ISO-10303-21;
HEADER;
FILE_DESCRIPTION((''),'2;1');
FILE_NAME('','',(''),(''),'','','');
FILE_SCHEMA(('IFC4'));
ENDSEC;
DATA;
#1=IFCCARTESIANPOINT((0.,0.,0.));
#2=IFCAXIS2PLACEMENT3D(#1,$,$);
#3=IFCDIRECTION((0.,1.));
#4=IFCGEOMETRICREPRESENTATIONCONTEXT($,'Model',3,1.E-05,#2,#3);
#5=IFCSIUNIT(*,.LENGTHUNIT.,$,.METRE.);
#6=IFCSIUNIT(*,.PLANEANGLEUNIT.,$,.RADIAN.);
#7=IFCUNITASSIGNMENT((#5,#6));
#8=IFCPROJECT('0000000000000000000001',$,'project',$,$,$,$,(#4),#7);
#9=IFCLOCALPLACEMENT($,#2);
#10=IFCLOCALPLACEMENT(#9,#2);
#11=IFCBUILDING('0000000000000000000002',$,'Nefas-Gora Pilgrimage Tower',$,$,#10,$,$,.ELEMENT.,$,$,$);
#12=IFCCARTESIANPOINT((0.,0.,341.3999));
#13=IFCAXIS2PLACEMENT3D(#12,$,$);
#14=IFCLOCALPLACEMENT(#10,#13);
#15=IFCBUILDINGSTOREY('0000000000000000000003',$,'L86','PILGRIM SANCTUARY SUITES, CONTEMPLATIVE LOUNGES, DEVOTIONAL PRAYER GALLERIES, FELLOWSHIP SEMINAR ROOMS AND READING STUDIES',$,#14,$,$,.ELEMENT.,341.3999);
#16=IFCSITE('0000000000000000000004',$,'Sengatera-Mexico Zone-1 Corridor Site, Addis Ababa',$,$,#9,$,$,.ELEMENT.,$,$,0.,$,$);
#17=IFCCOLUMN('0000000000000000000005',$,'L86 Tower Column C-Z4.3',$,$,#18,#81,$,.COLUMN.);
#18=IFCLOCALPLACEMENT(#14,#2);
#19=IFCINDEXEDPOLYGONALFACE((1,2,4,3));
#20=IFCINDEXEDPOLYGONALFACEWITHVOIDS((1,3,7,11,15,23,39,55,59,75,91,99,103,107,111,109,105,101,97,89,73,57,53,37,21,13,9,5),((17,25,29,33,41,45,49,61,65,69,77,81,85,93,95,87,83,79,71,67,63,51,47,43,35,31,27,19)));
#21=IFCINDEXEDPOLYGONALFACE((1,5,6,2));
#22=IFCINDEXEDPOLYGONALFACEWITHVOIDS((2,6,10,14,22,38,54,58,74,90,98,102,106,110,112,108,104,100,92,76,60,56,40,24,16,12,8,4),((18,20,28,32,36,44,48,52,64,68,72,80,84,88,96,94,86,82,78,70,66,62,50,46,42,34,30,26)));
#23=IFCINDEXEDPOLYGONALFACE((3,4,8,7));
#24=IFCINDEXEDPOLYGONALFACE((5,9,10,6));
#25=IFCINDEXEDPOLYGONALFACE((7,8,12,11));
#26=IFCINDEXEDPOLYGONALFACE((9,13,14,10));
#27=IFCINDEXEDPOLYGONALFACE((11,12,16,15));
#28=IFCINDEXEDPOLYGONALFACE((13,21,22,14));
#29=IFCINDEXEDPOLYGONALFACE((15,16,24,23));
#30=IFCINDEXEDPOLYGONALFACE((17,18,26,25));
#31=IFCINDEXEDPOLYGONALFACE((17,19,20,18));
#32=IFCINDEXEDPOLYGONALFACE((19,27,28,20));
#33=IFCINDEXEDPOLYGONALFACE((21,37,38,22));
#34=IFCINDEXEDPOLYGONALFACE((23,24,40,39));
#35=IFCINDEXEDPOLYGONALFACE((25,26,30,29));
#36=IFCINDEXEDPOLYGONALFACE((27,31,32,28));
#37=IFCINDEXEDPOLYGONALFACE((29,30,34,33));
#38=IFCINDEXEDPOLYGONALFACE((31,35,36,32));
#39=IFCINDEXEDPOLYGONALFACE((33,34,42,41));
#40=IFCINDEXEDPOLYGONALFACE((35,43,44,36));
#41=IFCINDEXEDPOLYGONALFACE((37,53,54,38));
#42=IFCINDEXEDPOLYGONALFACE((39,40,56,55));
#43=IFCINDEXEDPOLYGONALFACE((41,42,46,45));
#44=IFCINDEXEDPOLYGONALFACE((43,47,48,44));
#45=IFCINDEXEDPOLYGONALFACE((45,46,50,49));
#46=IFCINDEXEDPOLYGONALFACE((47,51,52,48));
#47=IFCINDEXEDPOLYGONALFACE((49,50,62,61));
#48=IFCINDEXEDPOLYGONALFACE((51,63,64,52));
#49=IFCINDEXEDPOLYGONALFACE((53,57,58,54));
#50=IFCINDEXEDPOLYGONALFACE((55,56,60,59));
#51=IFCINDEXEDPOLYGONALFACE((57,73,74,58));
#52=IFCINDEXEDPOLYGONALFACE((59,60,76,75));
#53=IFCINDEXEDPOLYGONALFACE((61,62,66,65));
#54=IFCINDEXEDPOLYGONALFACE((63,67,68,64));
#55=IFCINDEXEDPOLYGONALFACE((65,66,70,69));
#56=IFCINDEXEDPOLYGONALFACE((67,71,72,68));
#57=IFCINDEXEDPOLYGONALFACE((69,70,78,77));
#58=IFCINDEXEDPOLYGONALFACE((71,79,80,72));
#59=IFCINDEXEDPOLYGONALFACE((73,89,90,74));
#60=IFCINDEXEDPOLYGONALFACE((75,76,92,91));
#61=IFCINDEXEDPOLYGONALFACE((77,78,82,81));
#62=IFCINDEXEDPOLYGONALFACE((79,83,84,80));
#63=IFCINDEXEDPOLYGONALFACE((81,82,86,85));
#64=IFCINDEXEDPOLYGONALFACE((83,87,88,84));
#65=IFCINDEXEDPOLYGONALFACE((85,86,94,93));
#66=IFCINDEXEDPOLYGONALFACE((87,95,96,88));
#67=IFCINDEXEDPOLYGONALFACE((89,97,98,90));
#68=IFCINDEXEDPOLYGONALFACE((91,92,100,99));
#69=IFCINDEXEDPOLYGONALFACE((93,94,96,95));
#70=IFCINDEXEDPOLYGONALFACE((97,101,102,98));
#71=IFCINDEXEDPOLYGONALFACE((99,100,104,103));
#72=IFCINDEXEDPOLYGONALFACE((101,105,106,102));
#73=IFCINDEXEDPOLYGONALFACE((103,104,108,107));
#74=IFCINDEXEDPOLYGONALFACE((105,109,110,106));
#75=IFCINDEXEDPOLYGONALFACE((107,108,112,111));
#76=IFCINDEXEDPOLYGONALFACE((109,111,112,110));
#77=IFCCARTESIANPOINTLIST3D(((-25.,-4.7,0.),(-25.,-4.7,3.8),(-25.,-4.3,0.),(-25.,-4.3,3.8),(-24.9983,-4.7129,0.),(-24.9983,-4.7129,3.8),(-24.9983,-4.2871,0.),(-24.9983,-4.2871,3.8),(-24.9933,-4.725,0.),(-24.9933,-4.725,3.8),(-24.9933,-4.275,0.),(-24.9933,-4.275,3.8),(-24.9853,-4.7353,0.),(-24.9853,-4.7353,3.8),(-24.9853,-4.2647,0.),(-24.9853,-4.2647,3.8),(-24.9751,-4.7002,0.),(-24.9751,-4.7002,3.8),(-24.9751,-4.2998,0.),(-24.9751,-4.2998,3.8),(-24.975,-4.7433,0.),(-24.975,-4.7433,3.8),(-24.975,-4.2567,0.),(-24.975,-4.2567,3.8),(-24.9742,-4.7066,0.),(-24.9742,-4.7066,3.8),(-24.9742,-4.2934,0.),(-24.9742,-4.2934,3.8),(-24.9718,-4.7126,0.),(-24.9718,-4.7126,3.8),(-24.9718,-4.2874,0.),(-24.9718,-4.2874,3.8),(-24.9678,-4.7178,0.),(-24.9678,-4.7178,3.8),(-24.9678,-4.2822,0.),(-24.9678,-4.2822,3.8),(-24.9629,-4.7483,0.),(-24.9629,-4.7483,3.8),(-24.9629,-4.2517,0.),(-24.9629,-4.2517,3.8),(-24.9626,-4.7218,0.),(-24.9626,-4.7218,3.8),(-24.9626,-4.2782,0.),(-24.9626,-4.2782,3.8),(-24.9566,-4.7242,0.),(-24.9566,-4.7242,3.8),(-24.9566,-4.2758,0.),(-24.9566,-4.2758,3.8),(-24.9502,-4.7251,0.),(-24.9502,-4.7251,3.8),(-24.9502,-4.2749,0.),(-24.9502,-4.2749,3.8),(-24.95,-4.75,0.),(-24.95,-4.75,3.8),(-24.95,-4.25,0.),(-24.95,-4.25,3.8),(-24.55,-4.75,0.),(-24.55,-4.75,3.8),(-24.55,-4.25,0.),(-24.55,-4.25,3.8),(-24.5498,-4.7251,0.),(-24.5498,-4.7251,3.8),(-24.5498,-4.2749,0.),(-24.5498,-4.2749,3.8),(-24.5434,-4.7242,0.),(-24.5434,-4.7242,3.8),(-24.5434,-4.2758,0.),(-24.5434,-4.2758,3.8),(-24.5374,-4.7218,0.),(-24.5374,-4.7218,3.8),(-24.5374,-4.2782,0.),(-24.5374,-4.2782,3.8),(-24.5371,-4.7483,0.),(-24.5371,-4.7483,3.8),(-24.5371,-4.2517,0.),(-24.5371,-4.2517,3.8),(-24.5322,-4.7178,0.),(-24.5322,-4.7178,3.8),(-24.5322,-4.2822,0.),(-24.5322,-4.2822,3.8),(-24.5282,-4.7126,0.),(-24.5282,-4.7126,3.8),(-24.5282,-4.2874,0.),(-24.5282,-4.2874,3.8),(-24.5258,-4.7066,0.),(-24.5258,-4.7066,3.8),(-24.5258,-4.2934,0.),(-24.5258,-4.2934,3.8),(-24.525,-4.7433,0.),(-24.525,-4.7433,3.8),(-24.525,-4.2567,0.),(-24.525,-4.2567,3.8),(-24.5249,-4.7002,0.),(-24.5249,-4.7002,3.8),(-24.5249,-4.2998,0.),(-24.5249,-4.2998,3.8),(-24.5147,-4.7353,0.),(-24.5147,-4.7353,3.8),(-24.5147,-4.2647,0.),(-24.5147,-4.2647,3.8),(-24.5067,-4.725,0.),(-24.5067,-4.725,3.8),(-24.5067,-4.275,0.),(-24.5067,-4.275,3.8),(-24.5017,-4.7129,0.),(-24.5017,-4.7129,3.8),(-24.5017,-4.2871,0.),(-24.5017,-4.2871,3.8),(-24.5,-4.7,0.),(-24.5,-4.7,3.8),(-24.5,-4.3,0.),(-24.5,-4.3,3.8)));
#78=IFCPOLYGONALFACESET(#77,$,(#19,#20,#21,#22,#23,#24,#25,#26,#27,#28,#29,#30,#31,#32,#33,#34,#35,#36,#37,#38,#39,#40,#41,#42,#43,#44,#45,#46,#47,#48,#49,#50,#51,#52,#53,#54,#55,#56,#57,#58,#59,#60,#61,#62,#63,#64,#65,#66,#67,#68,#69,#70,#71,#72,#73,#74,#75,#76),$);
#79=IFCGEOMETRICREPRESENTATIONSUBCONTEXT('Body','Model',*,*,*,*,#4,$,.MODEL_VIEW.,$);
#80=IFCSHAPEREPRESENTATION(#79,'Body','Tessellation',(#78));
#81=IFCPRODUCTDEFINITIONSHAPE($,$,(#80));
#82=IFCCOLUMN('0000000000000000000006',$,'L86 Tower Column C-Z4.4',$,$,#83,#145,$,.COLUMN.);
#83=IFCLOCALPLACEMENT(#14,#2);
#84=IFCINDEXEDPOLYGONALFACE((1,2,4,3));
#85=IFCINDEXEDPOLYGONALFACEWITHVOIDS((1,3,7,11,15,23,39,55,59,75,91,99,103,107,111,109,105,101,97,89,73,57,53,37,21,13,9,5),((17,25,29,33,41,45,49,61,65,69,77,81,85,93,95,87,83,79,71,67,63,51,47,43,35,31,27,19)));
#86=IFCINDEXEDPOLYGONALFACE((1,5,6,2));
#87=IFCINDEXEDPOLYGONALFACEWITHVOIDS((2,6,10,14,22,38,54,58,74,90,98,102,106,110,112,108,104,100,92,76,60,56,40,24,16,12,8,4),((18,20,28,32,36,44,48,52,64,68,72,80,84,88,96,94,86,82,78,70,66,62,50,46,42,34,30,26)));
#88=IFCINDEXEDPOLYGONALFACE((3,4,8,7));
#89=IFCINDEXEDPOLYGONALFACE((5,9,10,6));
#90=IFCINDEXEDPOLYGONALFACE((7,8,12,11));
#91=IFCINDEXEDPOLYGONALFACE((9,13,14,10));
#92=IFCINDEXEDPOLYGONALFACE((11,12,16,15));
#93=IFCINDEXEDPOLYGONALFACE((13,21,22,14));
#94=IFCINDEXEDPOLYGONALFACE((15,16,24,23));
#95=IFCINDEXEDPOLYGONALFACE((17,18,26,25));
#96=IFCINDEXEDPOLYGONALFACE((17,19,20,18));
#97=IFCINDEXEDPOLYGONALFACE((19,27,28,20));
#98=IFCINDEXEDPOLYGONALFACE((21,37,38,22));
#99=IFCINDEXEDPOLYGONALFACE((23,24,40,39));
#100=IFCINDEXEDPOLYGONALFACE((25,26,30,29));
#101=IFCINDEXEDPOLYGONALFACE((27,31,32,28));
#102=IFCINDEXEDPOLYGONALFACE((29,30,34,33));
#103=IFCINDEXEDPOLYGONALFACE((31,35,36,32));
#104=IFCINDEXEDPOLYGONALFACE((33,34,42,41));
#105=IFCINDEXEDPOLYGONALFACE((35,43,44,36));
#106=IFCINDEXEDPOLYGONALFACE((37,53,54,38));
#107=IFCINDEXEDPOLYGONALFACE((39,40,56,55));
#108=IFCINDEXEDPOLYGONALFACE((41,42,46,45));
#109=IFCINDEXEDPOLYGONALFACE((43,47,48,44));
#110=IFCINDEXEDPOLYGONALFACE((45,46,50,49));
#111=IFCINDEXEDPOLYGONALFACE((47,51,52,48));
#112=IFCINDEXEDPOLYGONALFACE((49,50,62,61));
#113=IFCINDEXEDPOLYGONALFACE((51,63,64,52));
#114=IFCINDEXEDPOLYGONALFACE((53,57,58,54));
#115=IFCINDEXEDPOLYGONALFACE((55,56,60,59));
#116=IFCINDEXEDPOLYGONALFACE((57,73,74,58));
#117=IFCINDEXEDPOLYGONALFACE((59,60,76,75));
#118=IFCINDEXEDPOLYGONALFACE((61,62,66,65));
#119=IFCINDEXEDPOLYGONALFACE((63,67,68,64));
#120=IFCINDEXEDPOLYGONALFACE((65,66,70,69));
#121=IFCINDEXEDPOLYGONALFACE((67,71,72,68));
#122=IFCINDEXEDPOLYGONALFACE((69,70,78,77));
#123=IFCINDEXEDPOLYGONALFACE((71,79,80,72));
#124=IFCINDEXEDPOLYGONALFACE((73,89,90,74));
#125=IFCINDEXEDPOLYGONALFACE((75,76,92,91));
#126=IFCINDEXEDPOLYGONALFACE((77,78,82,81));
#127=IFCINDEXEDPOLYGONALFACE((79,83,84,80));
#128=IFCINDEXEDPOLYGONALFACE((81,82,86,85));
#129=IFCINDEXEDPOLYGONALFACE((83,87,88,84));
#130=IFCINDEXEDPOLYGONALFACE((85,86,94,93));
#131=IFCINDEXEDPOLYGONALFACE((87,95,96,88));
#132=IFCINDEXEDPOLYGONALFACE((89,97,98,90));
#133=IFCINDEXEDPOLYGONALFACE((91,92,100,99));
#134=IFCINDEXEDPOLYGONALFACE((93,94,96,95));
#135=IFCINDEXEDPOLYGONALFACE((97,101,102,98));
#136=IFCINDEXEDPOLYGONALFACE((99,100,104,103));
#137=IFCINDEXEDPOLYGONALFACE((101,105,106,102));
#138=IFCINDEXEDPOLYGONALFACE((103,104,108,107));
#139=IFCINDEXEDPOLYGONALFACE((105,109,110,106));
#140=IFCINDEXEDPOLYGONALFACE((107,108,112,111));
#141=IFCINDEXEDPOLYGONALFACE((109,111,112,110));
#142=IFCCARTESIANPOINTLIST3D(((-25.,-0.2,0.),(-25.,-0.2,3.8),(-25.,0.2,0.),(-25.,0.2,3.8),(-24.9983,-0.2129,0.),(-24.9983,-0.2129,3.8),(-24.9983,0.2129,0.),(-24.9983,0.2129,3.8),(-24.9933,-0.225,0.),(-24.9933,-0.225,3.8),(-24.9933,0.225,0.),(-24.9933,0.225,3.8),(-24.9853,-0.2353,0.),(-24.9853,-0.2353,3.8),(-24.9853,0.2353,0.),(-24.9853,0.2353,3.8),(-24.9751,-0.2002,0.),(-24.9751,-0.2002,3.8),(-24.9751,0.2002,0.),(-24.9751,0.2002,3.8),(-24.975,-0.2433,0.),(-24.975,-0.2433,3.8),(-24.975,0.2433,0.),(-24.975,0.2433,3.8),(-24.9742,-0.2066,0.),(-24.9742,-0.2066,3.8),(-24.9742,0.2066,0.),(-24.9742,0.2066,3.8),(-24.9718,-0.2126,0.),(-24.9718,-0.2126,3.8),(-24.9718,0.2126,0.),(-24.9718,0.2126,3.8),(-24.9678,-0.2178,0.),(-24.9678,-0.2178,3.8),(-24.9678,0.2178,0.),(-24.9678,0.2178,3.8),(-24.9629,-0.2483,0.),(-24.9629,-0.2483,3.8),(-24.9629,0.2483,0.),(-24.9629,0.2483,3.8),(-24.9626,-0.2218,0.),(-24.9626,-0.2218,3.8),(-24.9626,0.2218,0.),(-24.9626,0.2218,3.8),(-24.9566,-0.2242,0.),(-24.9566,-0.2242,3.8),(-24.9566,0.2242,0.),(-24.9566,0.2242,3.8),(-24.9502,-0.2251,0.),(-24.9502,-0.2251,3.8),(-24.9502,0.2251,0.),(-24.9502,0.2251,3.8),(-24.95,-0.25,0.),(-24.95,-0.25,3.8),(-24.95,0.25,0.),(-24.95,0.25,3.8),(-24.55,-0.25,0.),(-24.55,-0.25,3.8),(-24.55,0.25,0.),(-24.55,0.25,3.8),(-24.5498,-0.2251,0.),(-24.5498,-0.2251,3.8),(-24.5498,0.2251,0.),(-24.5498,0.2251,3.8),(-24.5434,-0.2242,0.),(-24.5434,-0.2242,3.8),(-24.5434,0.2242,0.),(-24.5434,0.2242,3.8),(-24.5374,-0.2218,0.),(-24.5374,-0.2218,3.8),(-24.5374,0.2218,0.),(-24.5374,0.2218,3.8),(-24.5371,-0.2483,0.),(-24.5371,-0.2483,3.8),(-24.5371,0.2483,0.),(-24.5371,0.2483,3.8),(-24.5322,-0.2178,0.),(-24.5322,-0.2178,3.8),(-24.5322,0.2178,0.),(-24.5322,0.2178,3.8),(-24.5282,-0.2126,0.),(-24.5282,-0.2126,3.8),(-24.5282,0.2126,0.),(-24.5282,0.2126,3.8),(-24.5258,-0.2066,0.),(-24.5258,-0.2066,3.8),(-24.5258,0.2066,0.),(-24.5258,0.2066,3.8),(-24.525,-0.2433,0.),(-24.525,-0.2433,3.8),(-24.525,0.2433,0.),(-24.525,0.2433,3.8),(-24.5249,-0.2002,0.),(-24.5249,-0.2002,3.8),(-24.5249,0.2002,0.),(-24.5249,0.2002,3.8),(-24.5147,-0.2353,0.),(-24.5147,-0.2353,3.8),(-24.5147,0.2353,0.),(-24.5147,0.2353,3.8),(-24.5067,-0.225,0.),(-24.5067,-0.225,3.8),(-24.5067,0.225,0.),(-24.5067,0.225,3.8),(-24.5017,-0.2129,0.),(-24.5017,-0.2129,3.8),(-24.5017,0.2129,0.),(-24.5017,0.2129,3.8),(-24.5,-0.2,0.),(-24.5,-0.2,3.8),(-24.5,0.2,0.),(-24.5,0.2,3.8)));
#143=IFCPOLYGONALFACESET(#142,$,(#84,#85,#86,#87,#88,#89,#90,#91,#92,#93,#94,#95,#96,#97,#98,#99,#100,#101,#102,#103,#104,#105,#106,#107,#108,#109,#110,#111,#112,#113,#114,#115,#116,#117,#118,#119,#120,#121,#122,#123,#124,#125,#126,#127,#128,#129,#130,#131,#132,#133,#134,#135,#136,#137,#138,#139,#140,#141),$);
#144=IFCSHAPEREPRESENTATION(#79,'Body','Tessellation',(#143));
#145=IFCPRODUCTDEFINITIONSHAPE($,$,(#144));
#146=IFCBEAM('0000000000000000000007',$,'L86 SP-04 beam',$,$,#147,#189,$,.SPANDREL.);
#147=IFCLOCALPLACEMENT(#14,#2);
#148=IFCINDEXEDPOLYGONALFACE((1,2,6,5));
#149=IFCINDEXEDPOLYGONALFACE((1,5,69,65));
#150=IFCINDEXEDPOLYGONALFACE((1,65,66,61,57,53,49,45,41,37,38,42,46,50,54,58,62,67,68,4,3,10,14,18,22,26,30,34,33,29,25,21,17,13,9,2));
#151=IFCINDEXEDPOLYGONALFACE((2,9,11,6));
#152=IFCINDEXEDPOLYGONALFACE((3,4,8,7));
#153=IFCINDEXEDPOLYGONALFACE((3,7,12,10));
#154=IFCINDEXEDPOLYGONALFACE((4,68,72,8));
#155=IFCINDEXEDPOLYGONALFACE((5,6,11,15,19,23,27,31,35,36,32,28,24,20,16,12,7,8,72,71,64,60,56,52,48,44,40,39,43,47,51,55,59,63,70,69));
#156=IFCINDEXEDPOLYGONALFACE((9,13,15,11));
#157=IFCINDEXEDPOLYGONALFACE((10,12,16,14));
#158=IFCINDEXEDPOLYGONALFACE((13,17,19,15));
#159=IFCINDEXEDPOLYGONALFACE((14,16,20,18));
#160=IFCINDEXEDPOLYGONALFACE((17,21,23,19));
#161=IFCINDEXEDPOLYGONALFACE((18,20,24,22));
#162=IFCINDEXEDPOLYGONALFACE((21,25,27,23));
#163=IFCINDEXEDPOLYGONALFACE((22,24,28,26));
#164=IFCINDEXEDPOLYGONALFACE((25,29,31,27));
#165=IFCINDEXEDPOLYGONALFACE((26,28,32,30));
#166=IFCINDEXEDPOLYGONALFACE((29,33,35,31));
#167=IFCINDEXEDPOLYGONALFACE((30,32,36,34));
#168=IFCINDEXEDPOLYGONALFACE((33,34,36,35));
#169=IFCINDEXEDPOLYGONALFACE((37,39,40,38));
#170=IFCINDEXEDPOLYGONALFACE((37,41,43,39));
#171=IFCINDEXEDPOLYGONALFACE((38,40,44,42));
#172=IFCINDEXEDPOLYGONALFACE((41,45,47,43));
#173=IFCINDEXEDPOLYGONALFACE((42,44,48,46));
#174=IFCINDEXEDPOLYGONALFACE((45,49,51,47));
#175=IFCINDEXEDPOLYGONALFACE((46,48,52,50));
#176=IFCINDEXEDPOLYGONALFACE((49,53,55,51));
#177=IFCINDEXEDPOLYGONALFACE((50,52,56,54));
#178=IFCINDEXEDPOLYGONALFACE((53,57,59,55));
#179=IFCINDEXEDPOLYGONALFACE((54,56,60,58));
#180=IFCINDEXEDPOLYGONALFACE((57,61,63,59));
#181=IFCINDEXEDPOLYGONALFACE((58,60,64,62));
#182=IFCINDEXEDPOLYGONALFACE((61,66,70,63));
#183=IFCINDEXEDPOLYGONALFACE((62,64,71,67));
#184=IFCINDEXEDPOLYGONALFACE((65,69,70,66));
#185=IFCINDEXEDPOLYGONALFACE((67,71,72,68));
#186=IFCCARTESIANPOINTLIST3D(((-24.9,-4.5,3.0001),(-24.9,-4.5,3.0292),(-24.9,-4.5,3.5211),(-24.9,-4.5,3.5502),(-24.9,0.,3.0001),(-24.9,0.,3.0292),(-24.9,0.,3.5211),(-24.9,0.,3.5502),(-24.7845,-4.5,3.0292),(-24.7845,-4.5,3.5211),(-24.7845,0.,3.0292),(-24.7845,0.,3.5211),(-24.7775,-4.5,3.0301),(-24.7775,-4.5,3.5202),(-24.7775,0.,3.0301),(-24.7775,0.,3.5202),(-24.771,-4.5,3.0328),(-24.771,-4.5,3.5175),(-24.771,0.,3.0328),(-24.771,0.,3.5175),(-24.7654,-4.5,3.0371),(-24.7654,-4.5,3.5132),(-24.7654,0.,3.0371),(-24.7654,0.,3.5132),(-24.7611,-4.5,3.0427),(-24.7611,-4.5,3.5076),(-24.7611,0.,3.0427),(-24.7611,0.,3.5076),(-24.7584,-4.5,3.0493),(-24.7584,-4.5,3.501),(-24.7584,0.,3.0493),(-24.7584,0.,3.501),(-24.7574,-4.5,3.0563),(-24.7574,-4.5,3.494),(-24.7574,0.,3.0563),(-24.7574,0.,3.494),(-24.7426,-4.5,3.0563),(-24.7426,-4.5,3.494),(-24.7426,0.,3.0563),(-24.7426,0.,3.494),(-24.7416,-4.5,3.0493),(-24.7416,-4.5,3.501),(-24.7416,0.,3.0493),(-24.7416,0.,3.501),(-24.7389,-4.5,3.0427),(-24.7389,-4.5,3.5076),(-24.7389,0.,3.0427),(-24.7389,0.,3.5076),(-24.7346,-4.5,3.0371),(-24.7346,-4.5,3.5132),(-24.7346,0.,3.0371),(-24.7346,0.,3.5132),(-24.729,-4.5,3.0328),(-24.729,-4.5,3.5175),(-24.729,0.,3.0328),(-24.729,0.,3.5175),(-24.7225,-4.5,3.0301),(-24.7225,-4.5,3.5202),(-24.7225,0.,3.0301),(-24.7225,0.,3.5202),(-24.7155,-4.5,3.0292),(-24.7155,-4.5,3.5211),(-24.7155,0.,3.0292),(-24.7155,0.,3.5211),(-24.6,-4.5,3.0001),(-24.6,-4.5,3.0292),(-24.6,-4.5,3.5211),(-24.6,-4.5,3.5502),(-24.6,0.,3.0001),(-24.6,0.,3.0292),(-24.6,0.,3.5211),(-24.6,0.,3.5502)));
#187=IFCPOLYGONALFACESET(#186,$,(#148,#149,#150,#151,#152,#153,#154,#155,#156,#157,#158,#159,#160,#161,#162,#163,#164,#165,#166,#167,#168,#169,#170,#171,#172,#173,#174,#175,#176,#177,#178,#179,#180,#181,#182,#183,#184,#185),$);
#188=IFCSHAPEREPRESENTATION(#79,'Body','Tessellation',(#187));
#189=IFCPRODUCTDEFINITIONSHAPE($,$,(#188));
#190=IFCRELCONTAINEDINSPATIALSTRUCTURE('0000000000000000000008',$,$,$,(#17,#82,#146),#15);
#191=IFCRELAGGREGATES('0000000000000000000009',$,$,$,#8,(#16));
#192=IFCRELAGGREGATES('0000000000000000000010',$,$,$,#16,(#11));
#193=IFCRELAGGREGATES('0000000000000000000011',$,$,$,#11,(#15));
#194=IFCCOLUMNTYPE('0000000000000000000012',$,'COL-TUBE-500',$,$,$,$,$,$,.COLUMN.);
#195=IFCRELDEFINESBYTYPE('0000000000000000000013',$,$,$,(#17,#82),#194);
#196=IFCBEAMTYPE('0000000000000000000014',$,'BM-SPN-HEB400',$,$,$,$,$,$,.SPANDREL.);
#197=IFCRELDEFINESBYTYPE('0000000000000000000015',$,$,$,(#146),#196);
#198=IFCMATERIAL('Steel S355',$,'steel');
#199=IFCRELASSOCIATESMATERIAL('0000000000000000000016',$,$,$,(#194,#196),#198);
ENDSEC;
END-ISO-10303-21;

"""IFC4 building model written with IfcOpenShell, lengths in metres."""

from ifc_helpers import new_model, si_unit, direction, frame, origin, origin_2d, place, context, subcontext, project, spatial, hollow_rectangle, i_section, extrude, source, transform, mapped, material, material_profile, profile_set, type_object, element, save


model = new_model("IFC4")

# Units and contexts
model_context = context("Model", 3, precision=1e-05, world=origin(), true_north=direction((0.0, 1.0)))
body_context = subcontext(model_context, "Body", "Model", "MODEL_VIEW")
ifc_project = project(units=[si_unit("LENGTHUNIT", "METRE"), si_unit("PLANEANGLEUNIT", "RADIAN")], contexts=[model_context])

# Site, building, storey
site_placement = place(None, origin())
site = spatial("IfcSite", under=ifc_project, at=site_placement, Name="Sengatera-Mexico Zone-1 Corridor Site, Addis Ababa", CompositionType="ELEMENT", RefElevation=0.0)
building_placement = place(site_placement, origin())
building = spatial("IfcBuilding", under=site, at=building_placement, Name="Nefas-Gora Pilgrimage Tower", CompositionType="ELEMENT")
storey_placement = place(building_placement, frame((0.0, 0.0, 341.3999)))
storey = spatial("IfcBuildingStorey", under=building, at=storey_placement, Name="L86", Description="PILGRIM SANCTUARY SUITES, CONTEMPLATIVE LOUNGES, DEVOTIONAL PRAYER GALLERIES, FELLOWSHIP SEMINAR ROOMS AND READING STUDIES", CompositionType="ELEMENT", Elevation=341.3999)

# Columns
ifc_material_1 = material(Name="Steel S355", Category="steel")
ifc_material_profile_1 = material_profile(ifc_material_1, hollow_rectangle(XDim=0.5, YDim=0.5, WallThickness=0.0249, InnerFilletRadius=0.0249, OuterFilletRadius=0.05, at=origin_2d()), Name="SHS 500x500x25")
ifc_profile_set_1 = profile_set([ifc_material_profile_1], Name="Steel S355")
column_type_1 = type_object("IfcColumnType", Name="COL-TUBE-500", PredefinedType="COLUMN", material=ifc_profile_set_1)
shared_shape_1 = source(origin(), body_context, "Body", "SweptSolid", [
    extrude(hollow_rectangle(XDim=0.5, YDim=0.5, WallThickness=0.0249, InnerFilletRadius=0.0249, OuterFilletRadius=0.05, at=origin_2d()), origin(), (0.0, 0.0, 1.0), 3.8),
])
for number, where, z_axis, x_axis, name in (
    (1, (-24.75, -4.5, 0.0), (0.0, 0.0, 1.0), (1.0, 0.0, 0.0), "L86 Tower Column C-Z4.3"),
    (2, (-24.75, 0.0, 0.0), (0.0, 0.0, 1.0), (1.0, 0.0, 0.0), "L86 Tower Column C-Z4.4"),
):
    element("IfcColumn", number, at=place(storey_placement, frame(where, z_axis=z_axis, x_axis=x_axis)), inside=storey, type_object=column_type_1, Name=name, PredefinedType="COLUMN", context=body_context, shape_type="MappedRepresentation", body=[
        mapped(shared_shape_1, transform((0.0, 0.0, 0.0), x_axis=(1.0, 0.0, 0.0), y_axis=(0.0, 1.0, 0.0), z_axis=(0.0, 0.0, 1.0), scale=1.0)),
    ])

# Beam
ifc_material_profile_2 = material_profile(ifc_material_1, i_section(OverallWidth=0.3, OverallDepth=0.55, WebThickness=0.0149, FlangeThickness=0.0291, FilletRadius=0.0271, at=origin_2d()), Name="HEB 550")
ifc_profile_set_2 = profile_set([ifc_material_profile_2], Name="Steel S355")
beam_type_1 = type_object("IfcBeamType", Name="BM-SPN-HEB400", PredefinedType="SPANDREL", material=ifc_profile_set_2)
shared_shape_2 = source(origin(), body_context, "Body", "SweptSolid", [
    extrude(i_section(OverallWidth=0.3, OverallDepth=0.55, WebThickness=0.0149, FlangeThickness=0.0291, FilletRadius=0.0271, at=origin_2d()), origin(), (0.0, 0.0, 1.0), 4.5),
])
beam_placement = place(storey_placement, frame((-24.75, -4.5, 3.2751), z_axis=(0.0, 1.0, 0.0), x_axis=(-1.0, 0.0, 0.0)))
element("IfcBeam", 3, at=beam_placement, inside=storey, type_object=beam_type_1, Name="L86 SP-04 beam", PredefinedType="SPANDREL", context=body_context, shape_type="MappedRepresentation", body=[
    mapped(shared_shape_2, transform((0.0, 0.0, 0.0), x_axis=(1.0, 0.0, 0.0), y_axis=(0.0, 1.0, 0.0), z_axis=(0.0, 0.0, 1.0), scale=1.0)),
])

save(model, "model.ifc")
